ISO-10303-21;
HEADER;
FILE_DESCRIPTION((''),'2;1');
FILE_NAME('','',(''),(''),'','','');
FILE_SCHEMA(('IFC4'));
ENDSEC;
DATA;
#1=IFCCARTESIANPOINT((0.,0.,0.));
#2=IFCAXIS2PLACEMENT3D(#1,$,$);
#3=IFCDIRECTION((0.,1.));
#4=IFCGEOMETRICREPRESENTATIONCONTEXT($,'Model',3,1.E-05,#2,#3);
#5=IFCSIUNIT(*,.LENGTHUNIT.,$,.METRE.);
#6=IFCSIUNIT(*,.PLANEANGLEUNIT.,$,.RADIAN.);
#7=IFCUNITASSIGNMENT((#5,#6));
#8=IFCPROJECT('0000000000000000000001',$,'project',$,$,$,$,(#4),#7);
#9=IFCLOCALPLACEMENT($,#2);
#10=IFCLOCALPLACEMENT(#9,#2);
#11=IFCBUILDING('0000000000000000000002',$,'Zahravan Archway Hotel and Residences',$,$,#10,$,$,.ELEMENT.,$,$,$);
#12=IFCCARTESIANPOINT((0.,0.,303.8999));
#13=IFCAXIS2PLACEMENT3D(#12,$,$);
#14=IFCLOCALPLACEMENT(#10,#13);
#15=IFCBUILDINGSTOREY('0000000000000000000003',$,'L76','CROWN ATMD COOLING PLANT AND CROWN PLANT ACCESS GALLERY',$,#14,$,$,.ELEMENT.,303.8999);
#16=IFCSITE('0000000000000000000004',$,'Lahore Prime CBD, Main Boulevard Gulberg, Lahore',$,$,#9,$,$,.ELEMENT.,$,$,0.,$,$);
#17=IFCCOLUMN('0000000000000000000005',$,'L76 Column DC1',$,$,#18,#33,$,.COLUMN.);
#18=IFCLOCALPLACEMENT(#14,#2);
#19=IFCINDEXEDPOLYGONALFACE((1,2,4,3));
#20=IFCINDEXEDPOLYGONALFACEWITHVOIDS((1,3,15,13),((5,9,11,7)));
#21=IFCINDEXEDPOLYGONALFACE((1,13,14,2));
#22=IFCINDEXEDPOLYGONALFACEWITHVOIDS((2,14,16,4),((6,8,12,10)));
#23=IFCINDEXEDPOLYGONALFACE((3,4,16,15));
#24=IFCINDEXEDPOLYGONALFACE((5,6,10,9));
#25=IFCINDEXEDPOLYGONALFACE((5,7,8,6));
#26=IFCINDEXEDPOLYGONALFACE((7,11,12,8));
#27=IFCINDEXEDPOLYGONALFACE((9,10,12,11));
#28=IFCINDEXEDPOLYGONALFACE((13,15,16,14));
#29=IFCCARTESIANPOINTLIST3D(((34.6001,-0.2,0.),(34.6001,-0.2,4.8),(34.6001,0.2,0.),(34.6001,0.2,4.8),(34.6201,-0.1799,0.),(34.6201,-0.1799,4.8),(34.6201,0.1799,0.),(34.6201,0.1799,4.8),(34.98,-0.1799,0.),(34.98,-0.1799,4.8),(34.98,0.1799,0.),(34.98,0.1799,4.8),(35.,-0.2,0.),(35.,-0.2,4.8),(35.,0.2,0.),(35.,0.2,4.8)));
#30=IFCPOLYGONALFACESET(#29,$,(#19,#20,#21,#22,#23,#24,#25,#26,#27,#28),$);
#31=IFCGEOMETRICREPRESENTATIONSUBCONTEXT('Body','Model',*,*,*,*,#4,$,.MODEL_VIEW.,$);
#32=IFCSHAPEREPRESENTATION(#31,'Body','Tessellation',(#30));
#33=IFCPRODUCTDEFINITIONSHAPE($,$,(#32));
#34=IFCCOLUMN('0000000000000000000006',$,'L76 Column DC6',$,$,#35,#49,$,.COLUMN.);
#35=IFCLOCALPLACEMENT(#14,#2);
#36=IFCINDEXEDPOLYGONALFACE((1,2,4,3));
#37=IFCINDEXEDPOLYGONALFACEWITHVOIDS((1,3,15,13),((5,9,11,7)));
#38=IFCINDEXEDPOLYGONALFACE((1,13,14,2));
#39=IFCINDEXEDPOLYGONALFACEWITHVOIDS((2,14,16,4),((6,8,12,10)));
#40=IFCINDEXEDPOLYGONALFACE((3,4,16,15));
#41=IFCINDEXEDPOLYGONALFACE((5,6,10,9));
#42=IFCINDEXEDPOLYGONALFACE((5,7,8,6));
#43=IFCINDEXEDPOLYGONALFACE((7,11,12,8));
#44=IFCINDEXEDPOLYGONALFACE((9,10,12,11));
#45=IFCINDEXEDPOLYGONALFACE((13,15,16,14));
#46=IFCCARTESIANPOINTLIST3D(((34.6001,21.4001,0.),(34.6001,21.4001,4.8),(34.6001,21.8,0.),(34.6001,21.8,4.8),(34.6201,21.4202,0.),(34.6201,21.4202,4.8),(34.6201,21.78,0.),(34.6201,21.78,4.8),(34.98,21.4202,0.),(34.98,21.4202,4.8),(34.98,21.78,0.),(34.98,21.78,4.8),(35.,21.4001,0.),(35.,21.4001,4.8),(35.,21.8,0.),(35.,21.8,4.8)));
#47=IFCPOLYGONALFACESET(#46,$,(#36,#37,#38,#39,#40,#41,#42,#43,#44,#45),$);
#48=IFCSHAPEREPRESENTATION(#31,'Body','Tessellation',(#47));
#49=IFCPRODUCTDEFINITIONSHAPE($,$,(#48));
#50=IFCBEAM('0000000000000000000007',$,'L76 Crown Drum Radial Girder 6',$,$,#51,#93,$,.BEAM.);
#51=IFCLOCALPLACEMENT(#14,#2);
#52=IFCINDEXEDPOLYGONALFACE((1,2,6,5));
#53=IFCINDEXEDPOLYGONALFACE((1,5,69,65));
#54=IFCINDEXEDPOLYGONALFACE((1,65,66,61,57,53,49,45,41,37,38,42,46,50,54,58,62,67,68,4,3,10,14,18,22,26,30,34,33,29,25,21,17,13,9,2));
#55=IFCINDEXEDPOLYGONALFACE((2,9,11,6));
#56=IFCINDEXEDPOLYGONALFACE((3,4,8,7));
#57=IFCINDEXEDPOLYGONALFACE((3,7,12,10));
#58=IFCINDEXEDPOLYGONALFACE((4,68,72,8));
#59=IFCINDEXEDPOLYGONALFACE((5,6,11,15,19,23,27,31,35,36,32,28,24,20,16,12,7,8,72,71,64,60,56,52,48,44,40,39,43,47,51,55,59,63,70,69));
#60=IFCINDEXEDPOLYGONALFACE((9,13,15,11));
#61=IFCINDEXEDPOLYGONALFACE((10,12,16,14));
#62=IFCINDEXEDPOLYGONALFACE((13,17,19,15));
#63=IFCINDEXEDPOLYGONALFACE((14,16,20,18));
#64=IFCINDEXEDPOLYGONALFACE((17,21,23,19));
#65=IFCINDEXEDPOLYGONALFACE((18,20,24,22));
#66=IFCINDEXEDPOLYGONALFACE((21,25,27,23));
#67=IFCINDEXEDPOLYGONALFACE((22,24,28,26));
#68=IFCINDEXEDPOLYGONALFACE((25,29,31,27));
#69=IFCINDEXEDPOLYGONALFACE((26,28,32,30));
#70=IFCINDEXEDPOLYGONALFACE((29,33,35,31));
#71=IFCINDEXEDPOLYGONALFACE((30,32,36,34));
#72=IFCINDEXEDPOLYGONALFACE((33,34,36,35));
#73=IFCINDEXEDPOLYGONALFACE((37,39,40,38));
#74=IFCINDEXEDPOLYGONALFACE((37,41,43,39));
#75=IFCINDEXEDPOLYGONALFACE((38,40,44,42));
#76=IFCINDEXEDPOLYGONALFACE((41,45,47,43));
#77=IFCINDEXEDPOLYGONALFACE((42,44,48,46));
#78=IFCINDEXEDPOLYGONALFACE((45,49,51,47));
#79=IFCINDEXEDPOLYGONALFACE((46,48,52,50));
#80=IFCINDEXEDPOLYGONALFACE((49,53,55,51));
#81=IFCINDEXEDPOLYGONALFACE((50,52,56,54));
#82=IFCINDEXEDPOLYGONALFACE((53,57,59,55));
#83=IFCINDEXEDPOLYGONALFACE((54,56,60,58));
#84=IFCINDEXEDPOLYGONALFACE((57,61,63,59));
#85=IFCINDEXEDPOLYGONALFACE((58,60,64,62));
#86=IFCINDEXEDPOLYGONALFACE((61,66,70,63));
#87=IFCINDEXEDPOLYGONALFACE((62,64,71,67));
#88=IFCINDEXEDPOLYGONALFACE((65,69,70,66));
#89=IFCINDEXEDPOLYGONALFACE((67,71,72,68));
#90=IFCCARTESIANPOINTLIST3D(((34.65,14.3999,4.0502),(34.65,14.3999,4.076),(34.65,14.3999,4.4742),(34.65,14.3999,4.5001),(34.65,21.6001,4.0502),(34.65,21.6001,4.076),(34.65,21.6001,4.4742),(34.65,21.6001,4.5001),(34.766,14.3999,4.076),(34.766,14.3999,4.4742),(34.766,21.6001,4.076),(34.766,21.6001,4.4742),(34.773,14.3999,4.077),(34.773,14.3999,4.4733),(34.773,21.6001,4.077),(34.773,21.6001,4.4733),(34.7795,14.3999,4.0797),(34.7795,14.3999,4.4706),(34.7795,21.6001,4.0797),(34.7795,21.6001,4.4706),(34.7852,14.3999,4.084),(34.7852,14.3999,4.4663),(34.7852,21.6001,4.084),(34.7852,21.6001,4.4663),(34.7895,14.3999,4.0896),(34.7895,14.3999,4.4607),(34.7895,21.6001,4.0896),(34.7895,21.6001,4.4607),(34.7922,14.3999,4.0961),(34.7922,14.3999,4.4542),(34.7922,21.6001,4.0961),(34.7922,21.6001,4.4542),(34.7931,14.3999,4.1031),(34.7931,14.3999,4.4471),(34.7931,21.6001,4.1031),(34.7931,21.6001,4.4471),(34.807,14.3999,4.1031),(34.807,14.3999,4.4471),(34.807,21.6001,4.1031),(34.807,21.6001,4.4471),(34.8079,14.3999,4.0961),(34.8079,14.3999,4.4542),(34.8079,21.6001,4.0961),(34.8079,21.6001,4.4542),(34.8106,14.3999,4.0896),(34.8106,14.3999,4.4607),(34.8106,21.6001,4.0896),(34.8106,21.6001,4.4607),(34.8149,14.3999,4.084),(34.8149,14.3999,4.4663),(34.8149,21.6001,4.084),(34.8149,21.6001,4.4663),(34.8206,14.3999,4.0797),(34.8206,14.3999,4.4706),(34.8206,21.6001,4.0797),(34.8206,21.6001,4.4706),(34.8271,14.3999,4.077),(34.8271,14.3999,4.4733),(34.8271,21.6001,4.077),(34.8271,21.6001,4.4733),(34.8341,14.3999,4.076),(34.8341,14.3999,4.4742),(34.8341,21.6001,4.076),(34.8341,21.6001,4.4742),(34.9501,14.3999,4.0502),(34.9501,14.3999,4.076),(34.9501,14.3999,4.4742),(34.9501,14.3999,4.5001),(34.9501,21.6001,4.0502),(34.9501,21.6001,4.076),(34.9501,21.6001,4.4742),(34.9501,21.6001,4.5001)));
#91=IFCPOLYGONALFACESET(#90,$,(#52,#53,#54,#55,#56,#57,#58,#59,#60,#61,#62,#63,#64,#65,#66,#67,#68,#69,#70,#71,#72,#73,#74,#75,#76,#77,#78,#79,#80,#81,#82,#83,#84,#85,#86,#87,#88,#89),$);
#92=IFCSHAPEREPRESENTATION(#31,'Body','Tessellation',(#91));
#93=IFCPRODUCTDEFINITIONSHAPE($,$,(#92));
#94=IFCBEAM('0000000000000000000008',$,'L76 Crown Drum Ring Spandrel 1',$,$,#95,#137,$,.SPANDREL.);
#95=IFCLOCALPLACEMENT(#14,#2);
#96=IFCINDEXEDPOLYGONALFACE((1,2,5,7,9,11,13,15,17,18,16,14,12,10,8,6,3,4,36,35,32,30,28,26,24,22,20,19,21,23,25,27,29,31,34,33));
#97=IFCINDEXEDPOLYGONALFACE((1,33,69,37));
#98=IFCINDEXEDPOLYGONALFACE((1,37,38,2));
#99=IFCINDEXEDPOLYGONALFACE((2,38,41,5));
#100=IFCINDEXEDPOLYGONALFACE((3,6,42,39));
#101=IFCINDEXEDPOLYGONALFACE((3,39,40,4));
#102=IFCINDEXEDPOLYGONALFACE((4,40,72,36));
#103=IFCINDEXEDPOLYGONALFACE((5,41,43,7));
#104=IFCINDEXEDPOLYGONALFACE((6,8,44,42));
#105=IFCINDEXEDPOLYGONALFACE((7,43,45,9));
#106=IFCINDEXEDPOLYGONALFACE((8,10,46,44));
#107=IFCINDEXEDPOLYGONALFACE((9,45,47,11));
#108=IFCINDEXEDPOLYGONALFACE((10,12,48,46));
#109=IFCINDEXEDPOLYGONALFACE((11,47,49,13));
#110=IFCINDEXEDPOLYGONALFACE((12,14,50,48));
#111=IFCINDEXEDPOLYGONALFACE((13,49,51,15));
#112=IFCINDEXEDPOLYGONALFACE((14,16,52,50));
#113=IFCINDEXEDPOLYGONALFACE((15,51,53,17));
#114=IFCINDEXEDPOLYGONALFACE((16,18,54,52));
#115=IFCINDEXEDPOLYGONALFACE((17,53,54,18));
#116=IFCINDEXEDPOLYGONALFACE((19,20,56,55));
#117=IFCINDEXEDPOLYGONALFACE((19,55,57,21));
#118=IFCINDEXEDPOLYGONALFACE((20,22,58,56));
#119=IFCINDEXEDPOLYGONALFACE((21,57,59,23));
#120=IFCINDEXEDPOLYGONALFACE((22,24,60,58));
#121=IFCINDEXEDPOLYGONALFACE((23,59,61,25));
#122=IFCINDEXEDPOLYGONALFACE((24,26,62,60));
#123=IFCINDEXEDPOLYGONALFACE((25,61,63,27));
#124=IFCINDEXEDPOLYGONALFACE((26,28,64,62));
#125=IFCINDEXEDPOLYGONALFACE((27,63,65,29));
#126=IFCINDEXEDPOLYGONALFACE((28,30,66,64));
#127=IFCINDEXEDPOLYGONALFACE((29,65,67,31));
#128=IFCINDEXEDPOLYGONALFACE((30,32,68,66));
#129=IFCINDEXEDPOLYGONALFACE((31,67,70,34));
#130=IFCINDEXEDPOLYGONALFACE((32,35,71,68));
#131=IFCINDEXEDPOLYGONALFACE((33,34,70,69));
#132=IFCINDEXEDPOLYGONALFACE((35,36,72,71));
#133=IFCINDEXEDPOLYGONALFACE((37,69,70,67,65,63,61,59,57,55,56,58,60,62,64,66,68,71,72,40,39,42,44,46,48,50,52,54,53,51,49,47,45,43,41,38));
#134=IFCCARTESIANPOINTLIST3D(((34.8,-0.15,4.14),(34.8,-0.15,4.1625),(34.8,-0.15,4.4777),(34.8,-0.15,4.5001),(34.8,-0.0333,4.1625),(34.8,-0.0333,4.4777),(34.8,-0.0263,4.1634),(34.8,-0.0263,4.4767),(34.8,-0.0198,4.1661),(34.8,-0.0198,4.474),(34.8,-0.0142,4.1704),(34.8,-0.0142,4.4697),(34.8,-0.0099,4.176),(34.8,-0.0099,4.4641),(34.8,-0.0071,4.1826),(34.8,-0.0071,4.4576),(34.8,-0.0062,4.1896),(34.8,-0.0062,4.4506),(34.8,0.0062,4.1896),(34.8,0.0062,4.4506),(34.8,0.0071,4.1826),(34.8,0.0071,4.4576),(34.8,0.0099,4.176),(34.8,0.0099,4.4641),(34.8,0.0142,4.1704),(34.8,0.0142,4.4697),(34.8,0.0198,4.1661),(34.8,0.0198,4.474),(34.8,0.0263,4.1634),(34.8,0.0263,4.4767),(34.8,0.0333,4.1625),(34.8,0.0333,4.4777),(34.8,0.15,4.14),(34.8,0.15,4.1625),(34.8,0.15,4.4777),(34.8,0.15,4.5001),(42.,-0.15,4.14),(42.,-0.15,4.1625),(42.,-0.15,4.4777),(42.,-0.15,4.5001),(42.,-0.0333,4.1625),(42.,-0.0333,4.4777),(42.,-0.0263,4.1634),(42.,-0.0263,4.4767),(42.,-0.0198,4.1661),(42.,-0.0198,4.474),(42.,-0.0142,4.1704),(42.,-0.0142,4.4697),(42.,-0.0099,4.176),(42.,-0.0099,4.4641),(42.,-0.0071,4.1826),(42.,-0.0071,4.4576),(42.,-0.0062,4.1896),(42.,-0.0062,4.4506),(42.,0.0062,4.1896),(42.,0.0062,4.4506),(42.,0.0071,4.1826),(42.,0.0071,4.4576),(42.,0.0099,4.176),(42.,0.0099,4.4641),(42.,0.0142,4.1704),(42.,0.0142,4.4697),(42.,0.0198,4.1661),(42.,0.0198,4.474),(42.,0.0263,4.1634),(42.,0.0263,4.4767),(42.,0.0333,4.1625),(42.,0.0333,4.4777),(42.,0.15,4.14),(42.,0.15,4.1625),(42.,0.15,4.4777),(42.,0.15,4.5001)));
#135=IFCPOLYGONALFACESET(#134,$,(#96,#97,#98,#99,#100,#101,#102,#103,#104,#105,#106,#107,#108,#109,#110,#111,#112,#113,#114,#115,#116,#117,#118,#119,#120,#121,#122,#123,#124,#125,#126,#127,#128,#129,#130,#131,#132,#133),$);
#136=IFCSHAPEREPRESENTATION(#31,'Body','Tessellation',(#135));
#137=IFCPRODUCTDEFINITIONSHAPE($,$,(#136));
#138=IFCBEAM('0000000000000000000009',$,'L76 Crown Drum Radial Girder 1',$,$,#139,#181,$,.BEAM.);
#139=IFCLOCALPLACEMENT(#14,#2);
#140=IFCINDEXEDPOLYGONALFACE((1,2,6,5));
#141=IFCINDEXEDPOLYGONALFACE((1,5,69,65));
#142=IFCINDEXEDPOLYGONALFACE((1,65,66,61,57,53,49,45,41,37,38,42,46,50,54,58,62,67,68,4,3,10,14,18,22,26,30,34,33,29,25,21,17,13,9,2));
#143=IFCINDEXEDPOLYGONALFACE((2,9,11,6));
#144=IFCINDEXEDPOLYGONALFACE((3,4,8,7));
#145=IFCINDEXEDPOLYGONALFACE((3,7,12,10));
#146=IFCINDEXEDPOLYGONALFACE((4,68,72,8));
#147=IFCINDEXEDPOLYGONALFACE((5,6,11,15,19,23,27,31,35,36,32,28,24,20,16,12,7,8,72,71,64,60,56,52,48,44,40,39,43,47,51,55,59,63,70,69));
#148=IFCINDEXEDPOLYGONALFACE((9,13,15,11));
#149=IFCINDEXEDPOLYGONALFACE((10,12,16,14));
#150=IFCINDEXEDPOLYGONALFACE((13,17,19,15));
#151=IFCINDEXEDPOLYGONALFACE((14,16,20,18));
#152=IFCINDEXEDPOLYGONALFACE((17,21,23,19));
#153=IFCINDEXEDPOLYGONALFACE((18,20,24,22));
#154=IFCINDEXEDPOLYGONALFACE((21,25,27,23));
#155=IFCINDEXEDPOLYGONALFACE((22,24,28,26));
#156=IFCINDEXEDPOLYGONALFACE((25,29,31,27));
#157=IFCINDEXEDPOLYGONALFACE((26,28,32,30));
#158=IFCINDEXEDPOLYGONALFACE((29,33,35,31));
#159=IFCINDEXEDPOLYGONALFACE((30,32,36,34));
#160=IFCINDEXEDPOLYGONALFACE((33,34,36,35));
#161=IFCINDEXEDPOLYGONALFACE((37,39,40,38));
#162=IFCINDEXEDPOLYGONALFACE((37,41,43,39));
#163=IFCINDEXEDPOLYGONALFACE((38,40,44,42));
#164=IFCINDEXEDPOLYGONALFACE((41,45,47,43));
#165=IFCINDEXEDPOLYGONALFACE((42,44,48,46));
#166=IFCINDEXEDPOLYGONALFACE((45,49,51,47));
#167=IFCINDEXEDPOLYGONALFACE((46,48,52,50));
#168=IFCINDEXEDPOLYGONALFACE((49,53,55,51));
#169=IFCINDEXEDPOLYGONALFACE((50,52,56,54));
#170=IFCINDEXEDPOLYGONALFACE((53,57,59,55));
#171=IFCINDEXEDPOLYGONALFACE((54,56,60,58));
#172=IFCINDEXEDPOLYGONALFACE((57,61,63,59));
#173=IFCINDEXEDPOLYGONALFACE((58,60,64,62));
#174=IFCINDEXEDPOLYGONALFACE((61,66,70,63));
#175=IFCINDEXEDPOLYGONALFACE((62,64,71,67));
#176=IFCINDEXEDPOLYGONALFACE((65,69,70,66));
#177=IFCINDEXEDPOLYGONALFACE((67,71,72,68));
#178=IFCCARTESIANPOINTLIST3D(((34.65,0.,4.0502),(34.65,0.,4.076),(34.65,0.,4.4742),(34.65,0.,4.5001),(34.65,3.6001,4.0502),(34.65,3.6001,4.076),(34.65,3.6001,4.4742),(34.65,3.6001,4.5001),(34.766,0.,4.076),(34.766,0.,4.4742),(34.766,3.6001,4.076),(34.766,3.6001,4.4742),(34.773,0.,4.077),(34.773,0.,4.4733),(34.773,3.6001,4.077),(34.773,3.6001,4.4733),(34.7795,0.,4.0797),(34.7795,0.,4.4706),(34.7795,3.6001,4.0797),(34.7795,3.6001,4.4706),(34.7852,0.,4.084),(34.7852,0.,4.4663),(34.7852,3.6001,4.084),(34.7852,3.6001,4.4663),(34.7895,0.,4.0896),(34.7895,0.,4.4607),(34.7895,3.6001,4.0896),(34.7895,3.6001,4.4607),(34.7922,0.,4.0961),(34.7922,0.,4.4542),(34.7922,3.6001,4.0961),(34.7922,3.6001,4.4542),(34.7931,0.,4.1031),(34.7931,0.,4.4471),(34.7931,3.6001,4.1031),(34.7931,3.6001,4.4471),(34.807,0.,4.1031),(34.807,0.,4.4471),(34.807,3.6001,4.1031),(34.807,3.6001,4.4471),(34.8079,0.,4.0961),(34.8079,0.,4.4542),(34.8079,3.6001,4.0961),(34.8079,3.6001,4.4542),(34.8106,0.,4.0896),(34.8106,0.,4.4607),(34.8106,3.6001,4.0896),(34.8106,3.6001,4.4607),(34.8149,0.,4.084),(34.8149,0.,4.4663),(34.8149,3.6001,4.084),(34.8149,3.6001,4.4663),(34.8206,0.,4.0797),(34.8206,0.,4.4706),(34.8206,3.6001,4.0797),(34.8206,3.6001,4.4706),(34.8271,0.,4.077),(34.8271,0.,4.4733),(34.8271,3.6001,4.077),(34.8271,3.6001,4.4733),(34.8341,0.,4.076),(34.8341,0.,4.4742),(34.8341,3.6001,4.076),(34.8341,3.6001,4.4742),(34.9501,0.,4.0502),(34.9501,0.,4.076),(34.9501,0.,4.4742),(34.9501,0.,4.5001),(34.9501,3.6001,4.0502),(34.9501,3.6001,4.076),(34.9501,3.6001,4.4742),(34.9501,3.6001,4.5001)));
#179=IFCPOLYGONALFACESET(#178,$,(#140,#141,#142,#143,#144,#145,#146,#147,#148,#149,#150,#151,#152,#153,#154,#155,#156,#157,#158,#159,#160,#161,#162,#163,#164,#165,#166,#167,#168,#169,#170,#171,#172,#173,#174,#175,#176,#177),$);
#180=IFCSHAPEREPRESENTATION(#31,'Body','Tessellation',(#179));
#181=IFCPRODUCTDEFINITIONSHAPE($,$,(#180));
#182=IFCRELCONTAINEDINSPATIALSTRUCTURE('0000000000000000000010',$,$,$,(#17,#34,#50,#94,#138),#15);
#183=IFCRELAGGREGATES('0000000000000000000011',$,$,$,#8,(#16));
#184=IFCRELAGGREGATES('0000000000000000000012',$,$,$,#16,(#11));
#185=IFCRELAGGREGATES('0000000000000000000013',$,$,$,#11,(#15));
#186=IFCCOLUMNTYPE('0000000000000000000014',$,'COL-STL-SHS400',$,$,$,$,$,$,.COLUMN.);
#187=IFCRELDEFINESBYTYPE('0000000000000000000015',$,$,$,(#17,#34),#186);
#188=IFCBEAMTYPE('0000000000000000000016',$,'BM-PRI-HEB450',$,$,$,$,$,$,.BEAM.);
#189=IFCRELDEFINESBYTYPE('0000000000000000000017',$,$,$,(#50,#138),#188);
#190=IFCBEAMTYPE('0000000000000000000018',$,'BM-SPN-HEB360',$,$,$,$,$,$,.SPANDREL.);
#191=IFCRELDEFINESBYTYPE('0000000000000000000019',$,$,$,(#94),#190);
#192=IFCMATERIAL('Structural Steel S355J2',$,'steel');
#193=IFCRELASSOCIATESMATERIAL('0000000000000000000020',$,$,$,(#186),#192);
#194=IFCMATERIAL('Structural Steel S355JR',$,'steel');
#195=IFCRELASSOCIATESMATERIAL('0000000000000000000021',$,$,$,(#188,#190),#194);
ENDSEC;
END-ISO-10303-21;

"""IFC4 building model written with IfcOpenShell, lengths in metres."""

from ifc_helpers import new_model, si_unit, direction, frame, origin, origin_2d, place, context, subcontext, project, spatial, hollow_rectangle, i_section, extrude, source, transform, mapped, material, material_profile, profile_set, type_object, type_shapes, element, save


model = new_model("IFC4")

# Units and contexts
model_context = context("Model", 3, precision=1e-05, world=origin(), true_north=direction((0.0, 1.0)))
body_context = subcontext(model_context, "Body", "Model", "MODEL_VIEW")
ifc_project = project(units=[si_unit("LENGTHUNIT", "METRE"), si_unit("PLANEANGLEUNIT", "RADIAN")], contexts=[model_context])

# Site, building, storey
site_placement = place(None, origin())
site = spatial("IfcSite", under=ifc_project, at=site_placement, Name="Lahore Prime CBD, Main Boulevard Gulberg, Lahore", CompositionType="ELEMENT", RefElevation=0.0)
building_placement = place(site_placement, origin())
building = spatial("IfcBuilding", under=site, at=building_placement, Name="Zahravan Archway Hotel and Residences", CompositionType="ELEMENT")
storey_placement = place(building_placement, frame((0.0, 0.0, 303.8999)))
storey = spatial("IfcBuildingStorey", under=building, at=storey_placement, Name="L76", Description="CROWN ATMD COOLING PLANT AND CROWN PLANT ACCESS GALLERY", CompositionType="ELEMENT", Elevation=303.8999)

# Columns
ifc_material_1 = material(Name="Structural Steel S355J2", Category="steel")
ifc_material_profile_1 = material_profile(ifc_material_1, hollow_rectangle(XDim=0.3999, YDim=0.3999, WallThickness=0.02, at=origin_2d()), Name="SHS 400x400x20", Category="steel")
ifc_profile_set_1 = profile_set([ifc_material_profile_1], Name="Structural Steel S355J2")
column_type = type_object("IfcColumnType", Name="COL-STL-SHS400", PredefinedType="COLUMN", material=ifc_profile_set_1)
shared_shape_1 = source(origin(), body_context, "Body", "SweptSolid", [
    extrude(hollow_rectangle(XDim=0.3999, YDim=0.3999, WallThickness=0.02, at=origin_2d()), origin(), (0.0, 0.0, 1.0), 4.8),
])
for number, where, z_axis, x_axis, name in (
    (1, (34.8, 0.0, 0.0), (0.0, 0.0, 1.0), (1.0, 0.0, 0.0), "L76 Column DC1"),
    (2, (34.8, 21.6001, 0.0), (0.0, 0.0, 1.0), (1.0, 0.0, 0.0), "L76 Column DC6"),
):
    element("IfcColumn", number, at=place(storey_placement, frame(where, z_axis=z_axis, x_axis=x_axis)), inside=storey, type_object=column_type, Name=name, PredefinedType="COLUMN", context=body_context, shape_type="MappedRepresentation", body=[
        mapped(shared_shape_1, transform((0.0, 0.0, 0.0), scale=1.0)),
    ])

# Beams
ifc_material_2 = material(Name="Structural Steel S355JR", Category="steel")
ifc_material_profile_2 = material_profile(ifc_material_2, i_section(OverallWidth=0.3, OverallDepth=0.45, WebThickness=0.0139, FlangeThickness=0.0259, FilletRadius=0.0271, at=origin_2d()), Name="HEB 450", Category="steel")
ifc_profile_set_2 = profile_set([ifc_material_profile_2], Name="Structural Steel S355JR")
beam_type_1 = type_object("IfcBeamType", Name="BM-PRI-HEB450", PredefinedType="BEAM", material=ifc_profile_set_2)
shared_shape_2 = source(origin(), body_context, "Body", "SweptSolid", [
    extrude(i_section(OverallWidth=0.3, OverallDepth=0.45, WebThickness=0.0139, FlangeThickness=0.0259, FilletRadius=0.0271, at=origin_2d()), origin(), (0.0, 0.0, 1.0), 7.2002),
])
type_shapes(beam_type_1, [shared_shape_2])
beam_1_placement = place(storey_placement, frame((34.8, 14.3999, 4.2751), z_axis=(0.0, 1.0, 0.0), x_axis=(-1.0, 0.0, 0.0)))
element("IfcBeam", 3, at=beam_1_placement, inside=storey, type_object=beam_type_1, Name="L76 Crown Drum Radial Girder 6", PredefinedType="BEAM", context=body_context, shape_type="MappedRepresentation", body=[
    mapped(shared_shape_2, transform((0.0, 0.0, 0.0), scale=1.0)),
])
ifc_material_profile_3 = material_profile(ifc_material_2, i_section(OverallWidth=0.3, OverallDepth=0.3601, WebThickness=0.0125, FlangeThickness=0.0225, FilletRadius=0.0271, at=origin_2d()), Name="HEB 360", Category="steel")
ifc_profile_set_3 = profile_set([ifc_material_profile_3], Name="Structural Steel S355JR")
beam_type_2 = type_object("IfcBeamType", Name="BM-SPN-HEB360", PredefinedType="SPANDREL", material=ifc_profile_set_3)
shared_shape_3 = source(origin(), body_context, "Body", "SweptSolid", [
    extrude(i_section(OverallWidth=0.3, OverallDepth=0.3601, WebThickness=0.0125, FlangeThickness=0.0225, FilletRadius=0.0271, at=origin_2d()), origin(), (0.0, 0.0, 1.0), 7.2),
])
type_shapes(beam_type_2, [shared_shape_3])
beam_2_placement = place(storey_placement, frame((34.8, 0.0, 4.3201), z_axis=(1.0, 0.0, 0.0), x_axis=(0.0, 1.0, 0.0)))
element("IfcBeam", 4, at=beam_2_placement, inside=storey, type_object=beam_type_2, Name="L76 Crown Drum Ring Spandrel 1", PredefinedType="SPANDREL", context=body_context, shape_type="MappedRepresentation", body=[
    mapped(shared_shape_3, transform((0.0, 0.0, 0.0), scale=1.0)),
])
shared_shape_4 = source(origin(), body_context, "Body", "SweptSolid", [
    extrude(i_section(OverallWidth=0.3, OverallDepth=0.45, WebThickness=0.0139, FlangeThickness=0.0259, FilletRadius=0.0271, at=origin_2d()), origin(), (0.0, 0.0, 1.0), 3.6001),
])
beam_3_placement = place(storey_placement, frame((34.8, 3.6001, 4.2751), z_axis=(0.0, -1.0, 0.0), x_axis=(1.0, 0.0, 0.0)))
element("IfcBeam", 5, at=beam_3_placement, inside=storey, type_object=beam_type_1, Name="L76 Crown Drum Radial Girder 1", PredefinedType="BEAM", context=body_context, shape_type="MappedRepresentation", body=[
    mapped(shared_shape_4, transform((0.0, 0.0, 0.0), scale=1.0)),
])

save(model, "model.ifc")
